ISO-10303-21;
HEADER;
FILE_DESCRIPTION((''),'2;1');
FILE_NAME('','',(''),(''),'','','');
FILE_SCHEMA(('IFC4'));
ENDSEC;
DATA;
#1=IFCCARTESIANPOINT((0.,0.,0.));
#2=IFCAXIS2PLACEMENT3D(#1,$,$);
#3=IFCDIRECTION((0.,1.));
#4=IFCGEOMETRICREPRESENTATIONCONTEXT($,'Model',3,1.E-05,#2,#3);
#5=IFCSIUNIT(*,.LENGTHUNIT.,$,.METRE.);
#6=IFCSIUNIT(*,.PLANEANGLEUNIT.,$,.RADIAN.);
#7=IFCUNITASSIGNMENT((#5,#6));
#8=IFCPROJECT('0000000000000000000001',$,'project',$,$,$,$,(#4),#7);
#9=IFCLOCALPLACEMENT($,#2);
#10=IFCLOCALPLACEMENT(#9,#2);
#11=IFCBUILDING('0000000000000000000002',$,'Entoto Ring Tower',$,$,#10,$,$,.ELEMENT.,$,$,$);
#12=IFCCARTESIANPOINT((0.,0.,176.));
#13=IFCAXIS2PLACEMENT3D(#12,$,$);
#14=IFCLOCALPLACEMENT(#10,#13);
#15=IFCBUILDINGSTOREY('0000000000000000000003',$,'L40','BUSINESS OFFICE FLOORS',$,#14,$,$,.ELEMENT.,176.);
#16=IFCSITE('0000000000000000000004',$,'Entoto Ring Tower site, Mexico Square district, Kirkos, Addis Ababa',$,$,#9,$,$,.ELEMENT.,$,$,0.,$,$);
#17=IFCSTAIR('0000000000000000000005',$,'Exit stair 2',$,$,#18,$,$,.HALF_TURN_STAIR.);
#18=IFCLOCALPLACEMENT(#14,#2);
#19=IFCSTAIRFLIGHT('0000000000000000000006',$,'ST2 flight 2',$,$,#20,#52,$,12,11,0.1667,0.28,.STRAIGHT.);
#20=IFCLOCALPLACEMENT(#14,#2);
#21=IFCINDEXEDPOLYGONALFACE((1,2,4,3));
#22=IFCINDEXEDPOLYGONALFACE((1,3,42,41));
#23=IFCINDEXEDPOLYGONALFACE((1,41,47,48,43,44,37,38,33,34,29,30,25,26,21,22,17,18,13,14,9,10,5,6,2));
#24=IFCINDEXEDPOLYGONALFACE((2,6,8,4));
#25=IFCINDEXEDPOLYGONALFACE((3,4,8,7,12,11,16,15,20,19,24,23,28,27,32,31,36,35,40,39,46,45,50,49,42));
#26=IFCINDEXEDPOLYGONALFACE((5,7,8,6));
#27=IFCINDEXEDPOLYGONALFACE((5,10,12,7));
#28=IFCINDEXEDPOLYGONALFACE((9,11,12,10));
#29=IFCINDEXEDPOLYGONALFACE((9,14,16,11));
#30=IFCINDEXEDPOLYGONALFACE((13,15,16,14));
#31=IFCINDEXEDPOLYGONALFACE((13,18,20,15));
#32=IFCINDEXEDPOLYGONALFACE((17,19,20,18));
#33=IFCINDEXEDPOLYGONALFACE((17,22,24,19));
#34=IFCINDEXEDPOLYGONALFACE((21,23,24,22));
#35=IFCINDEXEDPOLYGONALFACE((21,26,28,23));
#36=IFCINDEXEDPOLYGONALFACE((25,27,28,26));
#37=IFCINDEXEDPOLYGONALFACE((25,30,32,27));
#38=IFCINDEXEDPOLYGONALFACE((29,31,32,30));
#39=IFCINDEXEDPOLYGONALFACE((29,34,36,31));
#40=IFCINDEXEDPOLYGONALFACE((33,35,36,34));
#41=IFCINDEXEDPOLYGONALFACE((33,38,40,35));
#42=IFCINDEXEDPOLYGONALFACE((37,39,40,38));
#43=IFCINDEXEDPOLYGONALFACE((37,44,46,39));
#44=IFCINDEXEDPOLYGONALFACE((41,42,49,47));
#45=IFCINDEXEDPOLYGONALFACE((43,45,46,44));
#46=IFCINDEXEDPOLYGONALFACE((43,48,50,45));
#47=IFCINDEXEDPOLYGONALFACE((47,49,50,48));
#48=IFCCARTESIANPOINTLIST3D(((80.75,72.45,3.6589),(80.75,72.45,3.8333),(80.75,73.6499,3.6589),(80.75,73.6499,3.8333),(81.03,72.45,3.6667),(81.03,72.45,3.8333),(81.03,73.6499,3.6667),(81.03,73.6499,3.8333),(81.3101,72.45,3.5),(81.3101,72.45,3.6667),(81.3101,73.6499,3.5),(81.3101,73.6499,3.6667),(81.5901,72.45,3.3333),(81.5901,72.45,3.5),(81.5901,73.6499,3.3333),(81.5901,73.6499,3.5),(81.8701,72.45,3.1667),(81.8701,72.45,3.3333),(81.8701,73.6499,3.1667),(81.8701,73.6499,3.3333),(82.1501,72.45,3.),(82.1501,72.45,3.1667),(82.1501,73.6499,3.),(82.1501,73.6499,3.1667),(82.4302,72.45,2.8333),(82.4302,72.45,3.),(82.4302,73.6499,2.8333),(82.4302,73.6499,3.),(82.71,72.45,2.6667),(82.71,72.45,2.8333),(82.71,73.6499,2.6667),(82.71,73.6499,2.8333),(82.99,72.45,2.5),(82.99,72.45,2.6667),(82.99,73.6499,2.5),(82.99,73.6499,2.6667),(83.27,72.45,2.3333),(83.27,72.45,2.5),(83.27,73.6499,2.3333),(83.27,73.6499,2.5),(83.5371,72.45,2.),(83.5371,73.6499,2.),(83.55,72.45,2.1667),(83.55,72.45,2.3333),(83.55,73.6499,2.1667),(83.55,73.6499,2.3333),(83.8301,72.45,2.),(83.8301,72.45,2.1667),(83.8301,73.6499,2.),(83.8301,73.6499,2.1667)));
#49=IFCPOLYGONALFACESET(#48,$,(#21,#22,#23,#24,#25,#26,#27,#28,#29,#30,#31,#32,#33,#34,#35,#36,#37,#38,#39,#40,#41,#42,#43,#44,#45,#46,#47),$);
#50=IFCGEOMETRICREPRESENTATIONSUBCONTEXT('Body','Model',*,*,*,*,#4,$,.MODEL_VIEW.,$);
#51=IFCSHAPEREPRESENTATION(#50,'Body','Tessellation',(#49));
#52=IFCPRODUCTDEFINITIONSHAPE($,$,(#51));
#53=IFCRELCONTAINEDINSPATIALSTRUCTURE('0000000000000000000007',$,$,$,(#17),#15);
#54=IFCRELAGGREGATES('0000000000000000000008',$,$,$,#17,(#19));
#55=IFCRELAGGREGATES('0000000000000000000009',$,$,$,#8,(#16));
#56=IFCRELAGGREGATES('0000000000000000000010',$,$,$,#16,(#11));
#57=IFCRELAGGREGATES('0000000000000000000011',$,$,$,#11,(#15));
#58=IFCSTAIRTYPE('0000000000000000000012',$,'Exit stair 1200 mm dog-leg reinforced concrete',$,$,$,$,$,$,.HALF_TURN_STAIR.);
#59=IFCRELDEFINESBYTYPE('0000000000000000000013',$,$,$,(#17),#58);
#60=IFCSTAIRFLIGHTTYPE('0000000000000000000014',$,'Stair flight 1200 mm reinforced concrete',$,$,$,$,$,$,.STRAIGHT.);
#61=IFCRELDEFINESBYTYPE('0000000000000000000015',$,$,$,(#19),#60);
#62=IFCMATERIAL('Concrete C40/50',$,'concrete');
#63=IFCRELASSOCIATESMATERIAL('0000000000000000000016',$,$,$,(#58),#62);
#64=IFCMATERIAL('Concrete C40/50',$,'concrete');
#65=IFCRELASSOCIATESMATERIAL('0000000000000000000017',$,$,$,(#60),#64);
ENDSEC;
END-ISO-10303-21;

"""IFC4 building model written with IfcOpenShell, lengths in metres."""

from ifc_helpers import new_model, si_unit, direction, frame, origin, place, context, subcontext, project, spatial, polyline, outline, extrude, material, type_object, element, aggregate, save


model = new_model("IFC4")

# Units and contexts
model_context = context("Model", 3, precision=1e-05, world=origin(), true_north=direction((0.0, 1.0)))
body_context = subcontext(model_context, "Body", "Model", "MODEL_VIEW")
ifc_project = project(units=[si_unit("LENGTHUNIT", "METRE"), si_unit("PLANEANGLEUNIT", "RADIAN")], contexts=[model_context])

# Site, building, storey
site_placement = place(None, origin())
site = spatial("IfcSite", under=ifc_project, at=site_placement, Name="Entoto Ring Tower site, Mexico Square district, Kirkos, Addis Ababa", CompositionType="ELEMENT", RefElevation=0.0)
building_placement = place(site_placement, origin())
building = spatial("IfcBuilding", under=site, at=building_placement, Name="Entoto Ring Tower", CompositionType="ELEMENT")
storey_placement = place(building_placement, frame((0.0, 0.0, 176.0)))
storey = spatial("IfcBuildingStorey", under=building, at=storey_placement, Name="L40", Description="BUSINESS OFFICE FLOORS", CompositionType="ELEMENT", Elevation=176.0)

# Stair, stair flight
ifc_material_1 = material(Name="Concrete C40/50", Category="concrete")
stair_type = type_object("IfcStairType", Name="Exit stair 1200 mm dog-leg reinforced concrete", PredefinedType="HALF_TURN_STAIR", material=ifc_material_1)
stair_placement = place(storey_placement, origin())
stair = element("IfcStair", 1, at=stair_placement, inside=storey, type_object=stair_type, Name="Exit stair 2", PredefinedType="HALF_TURN_STAIR")
ifc_material_2 = material(Name="Concrete C40/50", Category="concrete")
stair_flight_type = type_object("IfcStairFlightType", Name="Stair flight 1200 mm reinforced concrete", PredefinedType="STRAIGHT", material=ifc_material_2)
stair_flight_1_placement = place(storey_placement, frame((83.8301, 73.05, 2.0), z_axis=(0.0, 0.0, 1.0), x_axis=(-1.0, 0.0, 0.0)))
stair_flight_1 = element("IfcStairFlight", 2, at=stair_flight_1_placement, type_object=stair_flight_type, Name="ST2 flight 2", NumberOfRisers=12, NumberOfTreads=11, PredefinedType="STRAIGHT", RiserHeight=0.1667, TreadLength=0.28, context=body_context, shape_type="SweptSolid", body=[
    extrude(outline(polyline([(0.0, 0.0), (0.0, 0.1667), (0.28, 0.1667), (0.28, 0.3333), (0.5601, 0.3333), (0.5601, 0.5), (0.8401, 0.5), (0.8401, 0.6667), (1.1201, 0.6667), (1.1201, 0.8333), (1.3999, 0.8333), (1.3999, 1.0), (1.6799, 1.0), (1.6799, 1.1667), (1.96, 1.1667), (1.96, 1.3333), (2.24, 1.3333), (2.24, 1.5), (2.52, 1.5), (2.52, 1.6667), (2.8, 1.6667), (2.8, 1.8333), (3.0801, 1.8333), (3.0801, 2.0), (3.0801, 1.6589), (0.293, 0.0), (0.0, 0.0)])), frame((0.0, 0.6001, 0.0), z_axis=(0.0, -1.0, 0.0), x_axis=(1.0, 0.0, 0.0)), (0.0, 0.0, 1.0), 1.2),
])
aggregate(stair, [stair_flight_1])

save(model, "model.ifc")
